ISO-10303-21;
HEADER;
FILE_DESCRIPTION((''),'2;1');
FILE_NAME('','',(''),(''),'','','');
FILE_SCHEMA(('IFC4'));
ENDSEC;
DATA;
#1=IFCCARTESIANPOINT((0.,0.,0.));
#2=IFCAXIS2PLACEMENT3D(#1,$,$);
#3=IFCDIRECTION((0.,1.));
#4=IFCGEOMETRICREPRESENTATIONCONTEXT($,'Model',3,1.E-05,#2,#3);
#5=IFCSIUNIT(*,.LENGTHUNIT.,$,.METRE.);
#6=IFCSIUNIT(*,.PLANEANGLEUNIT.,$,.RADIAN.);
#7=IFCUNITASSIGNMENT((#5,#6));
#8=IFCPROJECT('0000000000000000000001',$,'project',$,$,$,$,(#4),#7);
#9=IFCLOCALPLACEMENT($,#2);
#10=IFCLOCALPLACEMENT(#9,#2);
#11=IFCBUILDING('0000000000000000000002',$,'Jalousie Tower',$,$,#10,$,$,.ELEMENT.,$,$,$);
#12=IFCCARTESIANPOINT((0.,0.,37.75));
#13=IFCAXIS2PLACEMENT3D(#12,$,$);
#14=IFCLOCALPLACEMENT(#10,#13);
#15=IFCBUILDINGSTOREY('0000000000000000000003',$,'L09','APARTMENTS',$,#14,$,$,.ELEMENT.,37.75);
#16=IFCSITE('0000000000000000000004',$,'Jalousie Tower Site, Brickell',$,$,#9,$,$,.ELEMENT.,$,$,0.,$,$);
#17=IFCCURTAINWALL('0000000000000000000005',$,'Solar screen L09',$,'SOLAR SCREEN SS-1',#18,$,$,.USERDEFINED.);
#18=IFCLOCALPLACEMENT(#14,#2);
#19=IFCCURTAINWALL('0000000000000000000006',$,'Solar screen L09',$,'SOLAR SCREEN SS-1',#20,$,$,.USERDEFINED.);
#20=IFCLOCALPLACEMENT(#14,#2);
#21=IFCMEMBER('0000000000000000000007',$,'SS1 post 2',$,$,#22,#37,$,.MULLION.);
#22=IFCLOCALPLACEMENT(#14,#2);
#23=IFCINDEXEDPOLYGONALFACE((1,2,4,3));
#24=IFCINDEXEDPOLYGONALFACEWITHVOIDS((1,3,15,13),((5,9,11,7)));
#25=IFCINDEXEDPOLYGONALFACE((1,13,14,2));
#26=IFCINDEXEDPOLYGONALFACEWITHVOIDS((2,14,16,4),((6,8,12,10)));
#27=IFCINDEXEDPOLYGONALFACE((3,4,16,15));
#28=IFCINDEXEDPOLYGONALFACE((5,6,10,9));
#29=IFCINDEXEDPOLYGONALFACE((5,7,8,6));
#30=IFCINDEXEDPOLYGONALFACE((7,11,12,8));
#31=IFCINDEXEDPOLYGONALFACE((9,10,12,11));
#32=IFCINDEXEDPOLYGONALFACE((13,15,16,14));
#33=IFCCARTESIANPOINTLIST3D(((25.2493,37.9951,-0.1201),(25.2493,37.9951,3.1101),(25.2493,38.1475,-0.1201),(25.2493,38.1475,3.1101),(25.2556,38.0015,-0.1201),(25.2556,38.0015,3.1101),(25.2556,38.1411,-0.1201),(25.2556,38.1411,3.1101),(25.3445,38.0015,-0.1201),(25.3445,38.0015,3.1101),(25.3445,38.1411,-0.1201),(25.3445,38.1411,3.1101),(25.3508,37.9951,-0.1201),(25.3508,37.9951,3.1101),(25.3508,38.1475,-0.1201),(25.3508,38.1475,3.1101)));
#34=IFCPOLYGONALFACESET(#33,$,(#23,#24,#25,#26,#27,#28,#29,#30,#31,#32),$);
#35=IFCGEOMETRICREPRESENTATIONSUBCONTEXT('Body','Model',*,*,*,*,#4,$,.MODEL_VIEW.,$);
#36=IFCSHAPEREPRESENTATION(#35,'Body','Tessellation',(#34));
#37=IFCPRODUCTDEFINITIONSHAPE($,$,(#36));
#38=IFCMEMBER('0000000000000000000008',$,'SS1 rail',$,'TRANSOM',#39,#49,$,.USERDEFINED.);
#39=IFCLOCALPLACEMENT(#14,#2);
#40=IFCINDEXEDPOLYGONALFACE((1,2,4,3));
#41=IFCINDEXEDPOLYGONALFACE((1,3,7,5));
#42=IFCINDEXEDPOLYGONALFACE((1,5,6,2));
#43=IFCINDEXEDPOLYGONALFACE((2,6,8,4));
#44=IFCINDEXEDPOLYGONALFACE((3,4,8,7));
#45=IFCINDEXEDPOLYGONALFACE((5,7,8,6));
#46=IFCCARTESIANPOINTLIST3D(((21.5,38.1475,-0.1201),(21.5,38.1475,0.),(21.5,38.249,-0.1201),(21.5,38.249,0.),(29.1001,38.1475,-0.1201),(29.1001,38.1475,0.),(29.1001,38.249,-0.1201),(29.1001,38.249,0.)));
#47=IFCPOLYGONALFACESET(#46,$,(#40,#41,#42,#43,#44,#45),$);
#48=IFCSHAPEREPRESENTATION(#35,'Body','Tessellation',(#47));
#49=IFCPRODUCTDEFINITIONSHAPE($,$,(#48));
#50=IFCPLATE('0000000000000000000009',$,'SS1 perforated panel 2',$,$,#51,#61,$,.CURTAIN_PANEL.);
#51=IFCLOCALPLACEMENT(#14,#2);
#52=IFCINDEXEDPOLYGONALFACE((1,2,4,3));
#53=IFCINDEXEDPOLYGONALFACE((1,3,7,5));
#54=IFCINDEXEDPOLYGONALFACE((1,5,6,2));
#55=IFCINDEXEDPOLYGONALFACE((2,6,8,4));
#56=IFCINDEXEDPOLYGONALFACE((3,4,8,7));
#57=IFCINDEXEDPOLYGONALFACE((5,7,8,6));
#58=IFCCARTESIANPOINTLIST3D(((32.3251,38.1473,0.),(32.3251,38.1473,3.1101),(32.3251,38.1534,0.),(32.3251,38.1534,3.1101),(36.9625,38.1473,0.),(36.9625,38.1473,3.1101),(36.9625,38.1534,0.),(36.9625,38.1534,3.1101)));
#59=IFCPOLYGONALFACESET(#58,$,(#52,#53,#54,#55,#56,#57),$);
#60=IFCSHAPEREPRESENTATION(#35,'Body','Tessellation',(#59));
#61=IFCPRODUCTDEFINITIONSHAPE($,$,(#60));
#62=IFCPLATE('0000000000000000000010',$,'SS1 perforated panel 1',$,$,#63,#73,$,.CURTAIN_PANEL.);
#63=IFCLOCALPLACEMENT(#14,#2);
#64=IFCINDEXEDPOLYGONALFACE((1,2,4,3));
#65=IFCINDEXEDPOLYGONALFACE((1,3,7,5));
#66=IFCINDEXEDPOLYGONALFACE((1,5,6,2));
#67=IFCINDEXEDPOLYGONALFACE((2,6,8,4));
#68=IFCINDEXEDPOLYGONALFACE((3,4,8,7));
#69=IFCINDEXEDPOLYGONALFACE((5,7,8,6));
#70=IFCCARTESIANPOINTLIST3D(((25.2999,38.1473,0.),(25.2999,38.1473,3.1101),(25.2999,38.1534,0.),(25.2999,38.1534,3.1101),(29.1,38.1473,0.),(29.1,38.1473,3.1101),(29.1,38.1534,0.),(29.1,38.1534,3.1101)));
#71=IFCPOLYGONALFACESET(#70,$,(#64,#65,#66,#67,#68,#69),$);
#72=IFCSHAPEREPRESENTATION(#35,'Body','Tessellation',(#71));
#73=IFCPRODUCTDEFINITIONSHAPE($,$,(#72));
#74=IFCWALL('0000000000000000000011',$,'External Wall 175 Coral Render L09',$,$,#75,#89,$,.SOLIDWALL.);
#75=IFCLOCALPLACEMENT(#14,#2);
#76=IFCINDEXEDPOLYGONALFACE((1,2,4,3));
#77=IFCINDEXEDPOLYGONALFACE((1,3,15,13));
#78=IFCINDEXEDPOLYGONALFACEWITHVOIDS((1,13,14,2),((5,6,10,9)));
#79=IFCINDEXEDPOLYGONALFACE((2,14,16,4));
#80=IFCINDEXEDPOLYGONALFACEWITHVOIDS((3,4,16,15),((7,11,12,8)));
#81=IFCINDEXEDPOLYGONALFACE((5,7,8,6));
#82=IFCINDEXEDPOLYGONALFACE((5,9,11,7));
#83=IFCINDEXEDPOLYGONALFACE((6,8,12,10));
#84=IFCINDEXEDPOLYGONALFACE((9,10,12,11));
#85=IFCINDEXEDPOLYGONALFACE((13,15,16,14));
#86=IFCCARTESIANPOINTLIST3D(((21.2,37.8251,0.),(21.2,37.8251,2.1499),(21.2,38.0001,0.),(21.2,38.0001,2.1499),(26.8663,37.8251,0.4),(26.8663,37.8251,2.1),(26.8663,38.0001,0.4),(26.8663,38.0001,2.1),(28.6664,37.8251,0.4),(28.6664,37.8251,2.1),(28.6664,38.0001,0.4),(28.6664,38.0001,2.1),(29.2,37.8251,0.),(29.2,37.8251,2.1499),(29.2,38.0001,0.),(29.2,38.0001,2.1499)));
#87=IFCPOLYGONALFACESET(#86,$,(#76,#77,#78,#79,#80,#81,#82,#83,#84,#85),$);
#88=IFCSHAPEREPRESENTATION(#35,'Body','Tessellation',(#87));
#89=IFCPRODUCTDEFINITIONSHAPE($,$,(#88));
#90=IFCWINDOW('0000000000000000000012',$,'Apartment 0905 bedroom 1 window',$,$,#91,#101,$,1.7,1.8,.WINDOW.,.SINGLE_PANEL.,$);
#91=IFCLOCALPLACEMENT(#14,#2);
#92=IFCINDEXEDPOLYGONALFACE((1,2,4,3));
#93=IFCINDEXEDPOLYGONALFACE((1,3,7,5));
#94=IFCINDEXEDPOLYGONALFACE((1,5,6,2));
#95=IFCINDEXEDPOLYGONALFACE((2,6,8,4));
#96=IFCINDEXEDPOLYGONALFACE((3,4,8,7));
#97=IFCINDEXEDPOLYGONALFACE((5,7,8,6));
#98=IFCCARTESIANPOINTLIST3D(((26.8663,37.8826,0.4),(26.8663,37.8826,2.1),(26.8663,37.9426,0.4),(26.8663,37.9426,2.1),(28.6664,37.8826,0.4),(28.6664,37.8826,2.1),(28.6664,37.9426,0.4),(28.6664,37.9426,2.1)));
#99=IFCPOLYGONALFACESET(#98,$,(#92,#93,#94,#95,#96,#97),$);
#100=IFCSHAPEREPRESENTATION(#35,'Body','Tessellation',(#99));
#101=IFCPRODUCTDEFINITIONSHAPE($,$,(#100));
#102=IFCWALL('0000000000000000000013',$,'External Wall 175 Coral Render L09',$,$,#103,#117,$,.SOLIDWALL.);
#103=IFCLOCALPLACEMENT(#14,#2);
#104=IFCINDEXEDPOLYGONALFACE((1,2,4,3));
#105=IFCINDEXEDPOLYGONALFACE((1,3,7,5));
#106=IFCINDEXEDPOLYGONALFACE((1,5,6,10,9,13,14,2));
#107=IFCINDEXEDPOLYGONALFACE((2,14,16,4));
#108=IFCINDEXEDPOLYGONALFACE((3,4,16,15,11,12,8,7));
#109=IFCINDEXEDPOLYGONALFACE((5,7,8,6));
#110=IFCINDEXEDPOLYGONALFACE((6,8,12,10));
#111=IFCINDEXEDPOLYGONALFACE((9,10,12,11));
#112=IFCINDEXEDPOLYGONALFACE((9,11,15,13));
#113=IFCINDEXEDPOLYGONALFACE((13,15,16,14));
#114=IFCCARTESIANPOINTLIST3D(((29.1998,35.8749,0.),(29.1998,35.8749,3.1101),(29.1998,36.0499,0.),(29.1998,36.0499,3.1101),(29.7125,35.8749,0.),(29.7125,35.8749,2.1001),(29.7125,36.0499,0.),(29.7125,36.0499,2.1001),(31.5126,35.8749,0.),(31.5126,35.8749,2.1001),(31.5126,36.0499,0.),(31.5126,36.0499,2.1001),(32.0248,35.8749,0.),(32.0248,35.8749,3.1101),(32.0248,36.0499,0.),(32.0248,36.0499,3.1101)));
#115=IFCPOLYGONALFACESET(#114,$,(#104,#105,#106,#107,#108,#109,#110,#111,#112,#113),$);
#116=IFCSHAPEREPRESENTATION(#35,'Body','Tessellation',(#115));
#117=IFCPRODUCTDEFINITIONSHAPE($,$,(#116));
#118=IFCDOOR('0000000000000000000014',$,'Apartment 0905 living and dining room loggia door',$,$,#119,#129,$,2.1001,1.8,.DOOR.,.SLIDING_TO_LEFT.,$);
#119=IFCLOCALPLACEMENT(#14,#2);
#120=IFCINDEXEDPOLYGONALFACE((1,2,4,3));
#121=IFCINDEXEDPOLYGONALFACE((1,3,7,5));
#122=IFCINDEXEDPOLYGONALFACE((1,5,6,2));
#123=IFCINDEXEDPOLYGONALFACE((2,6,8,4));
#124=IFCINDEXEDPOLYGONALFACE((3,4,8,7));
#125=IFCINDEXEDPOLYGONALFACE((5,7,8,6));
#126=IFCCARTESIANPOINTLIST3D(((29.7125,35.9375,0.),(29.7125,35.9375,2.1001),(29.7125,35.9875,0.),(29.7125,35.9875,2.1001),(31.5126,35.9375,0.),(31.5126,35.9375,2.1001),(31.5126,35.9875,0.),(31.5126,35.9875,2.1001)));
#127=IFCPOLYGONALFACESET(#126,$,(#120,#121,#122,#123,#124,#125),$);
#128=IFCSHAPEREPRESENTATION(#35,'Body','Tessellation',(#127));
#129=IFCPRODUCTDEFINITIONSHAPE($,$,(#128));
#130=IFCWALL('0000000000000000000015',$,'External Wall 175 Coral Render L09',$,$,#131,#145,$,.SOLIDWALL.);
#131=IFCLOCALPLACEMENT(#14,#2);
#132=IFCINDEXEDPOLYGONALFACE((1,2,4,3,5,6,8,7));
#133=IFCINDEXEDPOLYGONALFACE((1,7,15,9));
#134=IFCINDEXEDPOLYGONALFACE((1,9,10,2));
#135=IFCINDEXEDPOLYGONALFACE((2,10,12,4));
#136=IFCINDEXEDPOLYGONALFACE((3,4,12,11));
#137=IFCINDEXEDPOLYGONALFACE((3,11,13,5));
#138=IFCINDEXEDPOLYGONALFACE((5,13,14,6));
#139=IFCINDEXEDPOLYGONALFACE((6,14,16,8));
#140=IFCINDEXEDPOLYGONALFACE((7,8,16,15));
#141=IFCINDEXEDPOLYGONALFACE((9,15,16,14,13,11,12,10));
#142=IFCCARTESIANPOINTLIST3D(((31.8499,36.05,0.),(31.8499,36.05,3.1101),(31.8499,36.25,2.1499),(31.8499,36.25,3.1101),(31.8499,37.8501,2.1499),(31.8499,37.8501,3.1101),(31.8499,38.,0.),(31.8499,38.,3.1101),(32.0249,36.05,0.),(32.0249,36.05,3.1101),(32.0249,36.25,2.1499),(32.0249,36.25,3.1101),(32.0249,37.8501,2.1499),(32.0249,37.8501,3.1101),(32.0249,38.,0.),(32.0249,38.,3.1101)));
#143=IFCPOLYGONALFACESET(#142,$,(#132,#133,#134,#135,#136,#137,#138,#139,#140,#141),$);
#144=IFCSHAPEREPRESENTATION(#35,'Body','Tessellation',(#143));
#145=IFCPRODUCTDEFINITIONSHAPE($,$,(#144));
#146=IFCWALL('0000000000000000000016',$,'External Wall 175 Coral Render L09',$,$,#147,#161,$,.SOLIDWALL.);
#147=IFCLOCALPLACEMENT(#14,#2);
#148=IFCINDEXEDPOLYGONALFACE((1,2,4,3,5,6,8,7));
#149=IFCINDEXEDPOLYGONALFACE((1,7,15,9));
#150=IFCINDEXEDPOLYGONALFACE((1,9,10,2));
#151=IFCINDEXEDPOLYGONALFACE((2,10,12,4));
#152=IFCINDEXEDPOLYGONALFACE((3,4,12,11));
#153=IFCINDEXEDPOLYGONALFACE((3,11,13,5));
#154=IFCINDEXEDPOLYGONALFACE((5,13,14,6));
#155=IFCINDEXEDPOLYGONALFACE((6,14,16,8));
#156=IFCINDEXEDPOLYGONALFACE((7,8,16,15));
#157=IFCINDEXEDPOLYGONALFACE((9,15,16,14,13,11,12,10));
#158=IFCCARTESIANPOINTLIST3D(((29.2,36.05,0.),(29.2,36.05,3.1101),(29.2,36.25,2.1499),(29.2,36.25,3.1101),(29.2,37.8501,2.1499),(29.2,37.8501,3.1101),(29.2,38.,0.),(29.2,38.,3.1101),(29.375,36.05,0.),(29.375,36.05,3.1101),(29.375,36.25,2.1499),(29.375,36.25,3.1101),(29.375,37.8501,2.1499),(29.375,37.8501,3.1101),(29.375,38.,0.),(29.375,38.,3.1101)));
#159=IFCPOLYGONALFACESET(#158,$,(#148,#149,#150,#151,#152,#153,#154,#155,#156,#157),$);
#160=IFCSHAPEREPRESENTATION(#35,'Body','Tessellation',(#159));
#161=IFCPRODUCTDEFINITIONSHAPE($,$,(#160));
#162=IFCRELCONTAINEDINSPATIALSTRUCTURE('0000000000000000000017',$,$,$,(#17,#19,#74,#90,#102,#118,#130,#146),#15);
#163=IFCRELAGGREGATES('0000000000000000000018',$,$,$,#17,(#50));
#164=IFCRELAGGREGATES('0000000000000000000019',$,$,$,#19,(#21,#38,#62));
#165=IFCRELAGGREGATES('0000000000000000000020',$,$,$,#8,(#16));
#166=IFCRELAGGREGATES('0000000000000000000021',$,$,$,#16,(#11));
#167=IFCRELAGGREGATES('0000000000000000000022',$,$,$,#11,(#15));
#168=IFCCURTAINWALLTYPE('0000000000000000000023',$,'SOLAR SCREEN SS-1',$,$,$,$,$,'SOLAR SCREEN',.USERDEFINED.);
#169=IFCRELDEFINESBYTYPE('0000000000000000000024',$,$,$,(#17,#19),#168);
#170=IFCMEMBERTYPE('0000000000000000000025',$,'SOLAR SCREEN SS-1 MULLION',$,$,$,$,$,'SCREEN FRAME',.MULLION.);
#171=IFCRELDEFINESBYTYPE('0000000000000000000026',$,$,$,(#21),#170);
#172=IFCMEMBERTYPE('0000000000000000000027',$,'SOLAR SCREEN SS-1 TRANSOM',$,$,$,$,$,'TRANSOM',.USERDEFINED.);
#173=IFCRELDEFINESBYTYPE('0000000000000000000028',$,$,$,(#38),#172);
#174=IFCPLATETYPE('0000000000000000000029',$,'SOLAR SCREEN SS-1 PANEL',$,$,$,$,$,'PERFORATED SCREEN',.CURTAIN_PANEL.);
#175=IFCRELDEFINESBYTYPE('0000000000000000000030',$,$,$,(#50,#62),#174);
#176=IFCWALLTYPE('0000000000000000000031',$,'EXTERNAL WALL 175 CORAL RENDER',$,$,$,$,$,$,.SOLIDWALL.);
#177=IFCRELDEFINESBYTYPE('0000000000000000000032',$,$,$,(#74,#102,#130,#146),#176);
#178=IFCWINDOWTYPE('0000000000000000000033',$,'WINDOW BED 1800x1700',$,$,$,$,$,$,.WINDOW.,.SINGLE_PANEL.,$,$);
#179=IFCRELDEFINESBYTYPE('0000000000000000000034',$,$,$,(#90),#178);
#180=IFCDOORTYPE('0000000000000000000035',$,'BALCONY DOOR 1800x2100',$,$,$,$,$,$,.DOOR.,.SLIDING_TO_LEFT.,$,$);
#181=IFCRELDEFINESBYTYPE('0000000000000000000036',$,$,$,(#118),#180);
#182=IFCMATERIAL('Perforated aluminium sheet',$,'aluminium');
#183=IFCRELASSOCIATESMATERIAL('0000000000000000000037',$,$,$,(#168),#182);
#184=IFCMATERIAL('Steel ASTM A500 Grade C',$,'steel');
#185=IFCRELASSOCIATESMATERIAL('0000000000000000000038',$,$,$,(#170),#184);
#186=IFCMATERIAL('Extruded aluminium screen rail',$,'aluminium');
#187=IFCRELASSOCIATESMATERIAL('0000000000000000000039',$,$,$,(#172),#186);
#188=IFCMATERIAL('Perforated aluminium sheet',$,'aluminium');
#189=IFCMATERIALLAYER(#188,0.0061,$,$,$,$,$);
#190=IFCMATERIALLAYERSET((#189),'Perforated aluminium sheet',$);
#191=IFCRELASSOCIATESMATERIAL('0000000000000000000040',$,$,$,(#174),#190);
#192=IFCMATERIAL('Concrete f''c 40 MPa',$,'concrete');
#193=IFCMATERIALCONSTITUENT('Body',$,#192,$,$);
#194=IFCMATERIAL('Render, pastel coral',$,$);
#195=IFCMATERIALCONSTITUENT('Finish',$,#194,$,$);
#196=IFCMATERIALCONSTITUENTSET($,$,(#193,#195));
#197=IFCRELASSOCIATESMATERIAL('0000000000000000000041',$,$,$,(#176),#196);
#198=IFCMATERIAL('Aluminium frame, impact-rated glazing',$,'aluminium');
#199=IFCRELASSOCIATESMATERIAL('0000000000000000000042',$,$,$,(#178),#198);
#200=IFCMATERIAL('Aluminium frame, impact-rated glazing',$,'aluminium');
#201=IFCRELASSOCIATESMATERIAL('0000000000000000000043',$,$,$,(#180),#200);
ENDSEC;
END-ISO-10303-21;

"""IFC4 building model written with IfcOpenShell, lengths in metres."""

from ifc_helpers import new_model, si_unit, direction, frame, frame_2d, origin, origin_2d, place, context, subcontext, project, spatial, polyline, rectangle, hollow_rectangle, outline, extrude, material, layer, layer_set, constituent, constituent_set, material_profile, profile_set, type_object, element, fill, aggregate, save


model = new_model("IFC4")

# Units and contexts
model_context = context("Model", 3, precision=1e-05, world=origin(), true_north=direction((0.0, 1.0)))
body_context = subcontext(model_context, "Body", "Model", "MODEL_VIEW")
ifc_project = project(units=[si_unit("LENGTHUNIT", "METRE"), si_unit("PLANEANGLEUNIT", "RADIAN")], contexts=[model_context])

# Site, building, storey
site_placement = place(None, origin())
site = spatial("IfcSite", under=ifc_project, at=site_placement, Name="Jalousie Tower Site, Brickell", CompositionType="ELEMENT", RefElevation=0.0)
building_placement = place(site_placement, origin())
building = spatial("IfcBuilding", under=site, at=building_placement, Name="Jalousie Tower", CompositionType="ELEMENT")
storey_placement = place(building_placement, frame((0.0, 0.0, 37.75)))
storey = spatial("IfcBuildingStorey", under=building, at=storey_placement, Name="L09", Description="APARTMENTS", CompositionType="ELEMENT", Elevation=37.75)

# Curtain wall
ifc_material_1 = material(Name="Perforated aluminium sheet", Category="aluminium")
curtain_wall_type = type_object("IfcCurtainWallType", Name="SOLAR SCREEN SS-1", ElementType="SOLAR SCREEN", PredefinedType="USERDEFINED", material=ifc_material_1)
curtain_wall_1_placement = place(storey_placement, origin())
curtain_wall_1 = element("IfcCurtainWall", 1, at=curtain_wall_1_placement, inside=storey, type_object=curtain_wall_type, Name="Solar screen L09", ObjectType="SOLAR SCREEN SS-1", PredefinedType="USERDEFINED")
ifc_material_2 = material(Name="Steel ASTM A500 Grade C", Category="steel")
ifc_material_profile_1 = material_profile(ifc_material_2, hollow_rectangle(XDim=0.1016, YDim=0.1523, WallThickness=0.0063, at=origin_2d()), Name="HSS6X4X1/4")
ifc_profile_set_1 = profile_set([ifc_material_profile_1], Name="Steel ASTM A500 Grade C")
member_type_1 = type_object("IfcMemberType", Name="SOLAR SCREEN SS-1 MULLION", ElementType="SCREEN FRAME", PredefinedType="MULLION", material=ifc_profile_set_1)

# Curtain wall, members
curtain_wall_2_placement = place(storey_placement, origin())
curtain_wall_2 = element("IfcCurtainWall", 2, at=curtain_wall_2_placement, inside=storey, type_object=curtain_wall_type, Name="Solar screen L09", ObjectType="SOLAR SCREEN SS-1", PredefinedType="USERDEFINED")
member_1_placement = place(storey_placement, frame((25.3, 38.0713, -0.1201), z_axis=(0.0, 0.0, 1.0), x_axis=(-1.0, 0.0, 0.0)))
member_1 = element("IfcMember", 3, at=member_1_placement, type_object=member_type_1, Name="SS1 post 2", PredefinedType="MULLION", context=body_context, shape_type="SweptSolid", body=[
    extrude(hollow_rectangle(XDim=0.1016, YDim=0.1523, WallThickness=0.0063, at=origin_2d()), origin(), (0.0, 0.0, 1.0), 3.2302),
])
ifc_material_3 = material(Name="Extruded aluminium screen rail", Category="aluminium")
ifc_material_profile_2 = material_profile(ifc_material_3, rectangle(XDim=0.1016, YDim=0.1201, at=origin_2d()), Name="RAIL 102x120")
ifc_profile_set_2 = profile_set([ifc_material_profile_2], Name="Extruded aluminium screen rail")
member_type_2 = type_object("IfcMemberType", Name="SOLAR SCREEN SS-1 TRANSOM", ElementType="TRANSOM", PredefinedType="USERDEFINED", material=ifc_profile_set_2)
member_2_placement = place(storey_placement, frame((29.1001, 38.1982, -0.0601), z_axis=(-1.0, 0.0, 0.0), x_axis=(0.0, -1.0, 0.0)))
member_2 = element("IfcMember", 4, at=member_2_placement, type_object=member_type_2, Name="SS1 rail", ObjectType="TRANSOM", PredefinedType="USERDEFINED", context=body_context, shape_type="SweptSolid", body=[
    extrude(rectangle(XDim=0.1016, YDim=0.1201, at=origin_2d()), origin(), (0.0, 0.0, 1.0), 7.6001),
])

# Plates
ifc_material_4 = material(Name="Perforated aluminium sheet", Category="aluminium")
ifc_layer_1 = layer(ifc_material_4, 0.0061)
ifc_layer_set_1 = layer_set([ifc_layer_1], Name="Perforated aluminium sheet")
plate_type = type_object("IfcPlateType", Name="SOLAR SCREEN SS-1 PANEL", ElementType="PERFORATED SCREEN", PredefinedType="CURTAIN_PANEL", material=ifc_layer_set_1)
plate_1_placement = place(storey_placement, frame((34.6438, 38.1504, 0.0), z_axis=(0.0, 0.0, 1.0), x_axis=(-1.0, 0.0, 0.0)))
plate_1 = element("IfcPlate", 5, at=plate_1_placement, type_object=plate_type, Name="SS1 perforated panel 2", PredefinedType="CURTAIN_PANEL", context=body_context, shape_type="SweptSolid", body=[
    extrude(rectangle(XDim=4.6375, YDim=0.0061, at=origin_2d()), origin(), (0.0, 0.0, 1.0), 3.1101),
])
aggregate(curtain_wall_1, [plate_1])
plate_2_placement = place(storey_placement, frame((27.2, 38.1504, 0.0), z_axis=(0.0, 0.0, 1.0), x_axis=(-1.0, 0.0, 0.0)))
plate_2 = element("IfcPlate", 6, at=plate_2_placement, type_object=plate_type, Name="SS1 perforated panel 1", PredefinedType="CURTAIN_PANEL", context=body_context, shape_type="SweptSolid", body=[
    extrude(rectangle(XDim=3.8, YDim=0.0061, at=origin_2d()), origin(), (0.0, 0.0, 1.0), 3.1101),
])
aggregate(curtain_wall_2, [member_1, member_2, plate_2])

# Wall, opening, window
ifc_material_5 = material(Name="Concrete f'c 40 MPa", Category="concrete")
ifc_constituent_1 = constituent(ifc_material_5, Name="Body")
ifc_material_6 = material(Name="Render, pastel coral")
ifc_constituent_2 = constituent(ifc_material_6, Name="Finish")
ifc_constituent_set_1 = constituent_set(constituents=[ifc_constituent_1, ifc_constituent_2])
wall_type_1 = type_object("IfcWallType", Name="EXTERNAL WALL 175 CORAL RENDER", PredefinedType="SOLIDWALL", material=ifc_constituent_set_1)
wall_1_placement = place(storey_placement, frame((29.2, 37.9126, 0.0), z_axis=(0.0, 0.0, 1.0), x_axis=(-1.0, 0.0, 0.0)))
wall_1 = element("IfcWall", 7, at=wall_1_placement, inside=storey, type_object=wall_type_1, Name="External Wall 175 Coral Render L09", PredefinedType="SOLIDWALL", context=body_context, shape_type="SweptSolid", body=[
    extrude(rectangle(XDim=8.0, YDim=0.175, at=frame_2d((4.0, 0.0))), origin(), (0.0, 0.0, 1.0), 2.1499),
])
opening_1_placement = place(wall_1_placement, frame((0.5337, 0.0, 0.3999)))
opening_1 = element("IfcOpeningElement", 8, at=opening_1_placement, cuts=wall_1, PredefinedType="OPENING", context=body_context, shape_type="SweptSolid", body=[
    extrude(rectangle(XDim=1.8, YDim=1.7, at=frame_2d((0.8999, 0.8501))), frame((0.0, 0.0974, 0.0), z_axis=(0.0, -1.0, 0.0), x_axis=(1.0, 0.0, 0.0)), (0.0, 0.0, 1.0), 0.1951),
])
ifc_material_7 = material(Name="Aluminium frame, impact-rated glazing", Category="aluminium")
window_type = type_object("IfcWindowType", Name="WINDOW BED 1800x1700", PartitioningType="SINGLE_PANEL", PredefinedType="WINDOW", material=ifc_material_7)
window_placement = place(opening_1_placement, origin())
window = element("IfcWindow", 9, at=window_placement, inside=storey, type_object=window_type, Name="Apartment 0905 bedroom 1 window", OverallHeight=1.7, OverallWidth=1.8, PartitioningType="SINGLE_PANEL", PredefinedType="WINDOW", context=body_context, shape_type="SweptSolid", body=[
    extrude(rectangle(XDim=1.8, YDim=1.7, at=frame_2d((0.8999, 0.8501))), frame((0.0, 0.03, 0.0), z_axis=(0.0, -1.0, 0.0), x_axis=(1.0, 0.0, 0.0)), (0.0, 0.0, 1.0), 0.0601),
])
fill(opening_1, window)

# Wall, opening, door
wall_2_placement = place(storey_placement, frame((32.0249, 35.9624, 0.0), z_axis=(0.0, 0.0, 1.0), x_axis=(-1.0, 0.0, 0.0)))
wall_2 = element("IfcWall", 10, at=wall_2_placement, inside=storey, type_object=wall_type_1, Name="External Wall 175 Coral Render L09", PredefinedType="SOLIDWALL", context=body_context, shape_type="SweptSolid", body=[
    extrude(rectangle(XDim=2.825, YDim=0.175, at=frame_2d((1.4126, 0.0))), origin(), (0.0, 0.0, 1.0), 3.1101),
])
opening_2_placement = place(wall_2_placement, frame((0.5125, 0.0, 0.0)))
opening_2 = element("IfcOpeningElement", 11, at=opening_2_placement, cuts=wall_2, PredefinedType="OPENING", context=body_context, shape_type="SweptSolid", body=[
    extrude(rectangle(XDim=1.8, YDim=2.1001, at=frame_2d((0.8999, 1.05))), frame((0.0, 0.0974, 0.0), z_axis=(0.0, -1.0, 0.0), x_axis=(1.0, 0.0, 0.0)), (0.0, 0.0, 1.0), 0.1951),
])
ifc_material_8 = material(Name="Aluminium frame, impact-rated glazing", Category="aluminium")
door_type_1 = type_object("IfcDoorType", Name="BALCONY DOOR 1800x2100", OperationType="SLIDING_TO_LEFT", PredefinedType="DOOR", material=ifc_material_8)
door_1_placement = place(opening_2_placement, origin())
door_1 = element("IfcDoor", 12, at=door_1_placement, inside=storey, type_object=door_type_1, Name="Apartment 0905 living and dining room loggia door", OperationType="SLIDING_TO_LEFT", OverallHeight=2.1001, OverallWidth=1.8, PredefinedType="DOOR", context=body_context, shape_type="SweptSolid", body=[
    extrude(rectangle(XDim=1.8, YDim=2.1001, at=frame_2d((0.8999, 1.05))), frame((0.0, 0.0249, 0.0), z_axis=(0.0, -1.0, 0.0), x_axis=(1.0, 0.0, 0.0)), (0.0, 0.0, 1.0), 0.05),
])
fill(opening_2, door_1)

# Walls
for number, where, z_axis, x_axis, name in (
    (13, (31.9375, 38.0, 0.0), (0.0, 0.0, 1.0), (0.0, -1.0, 0.0), "External Wall 175 Coral Render L09"),
    (14, (29.2876, 38.0, 0.0), (0.0, 0.0, 1.0), (0.0, -1.0, 0.0), "External Wall 175 Coral Render L09"),
):
    element("IfcWall", number, at=place(storey_placement, frame(where, z_axis=z_axis, x_axis=x_axis)), inside=storey, type_object=wall_type_1, Name=name, PredefinedType="SOLIDWALL", context=body_context, shape_type="SweptSolid", body=[
        extrude(outline(polyline([(0.0, 0.0), (1.95, 0.0), (1.95, 3.1101), (1.75, 3.1101), (1.75, 2.1499), (0.1499, 2.1499), (0.1499, 3.1101), (0.0, 3.1101), (0.0, 0.0)])), frame((0.0, 0.0874, 0.0), z_axis=(0.0, -1.0, 0.0), x_axis=(1.0, 0.0, 0.0)), (0.0, 0.0, 1.0), 0.175),
    ])

save(model, "model.ifc")
